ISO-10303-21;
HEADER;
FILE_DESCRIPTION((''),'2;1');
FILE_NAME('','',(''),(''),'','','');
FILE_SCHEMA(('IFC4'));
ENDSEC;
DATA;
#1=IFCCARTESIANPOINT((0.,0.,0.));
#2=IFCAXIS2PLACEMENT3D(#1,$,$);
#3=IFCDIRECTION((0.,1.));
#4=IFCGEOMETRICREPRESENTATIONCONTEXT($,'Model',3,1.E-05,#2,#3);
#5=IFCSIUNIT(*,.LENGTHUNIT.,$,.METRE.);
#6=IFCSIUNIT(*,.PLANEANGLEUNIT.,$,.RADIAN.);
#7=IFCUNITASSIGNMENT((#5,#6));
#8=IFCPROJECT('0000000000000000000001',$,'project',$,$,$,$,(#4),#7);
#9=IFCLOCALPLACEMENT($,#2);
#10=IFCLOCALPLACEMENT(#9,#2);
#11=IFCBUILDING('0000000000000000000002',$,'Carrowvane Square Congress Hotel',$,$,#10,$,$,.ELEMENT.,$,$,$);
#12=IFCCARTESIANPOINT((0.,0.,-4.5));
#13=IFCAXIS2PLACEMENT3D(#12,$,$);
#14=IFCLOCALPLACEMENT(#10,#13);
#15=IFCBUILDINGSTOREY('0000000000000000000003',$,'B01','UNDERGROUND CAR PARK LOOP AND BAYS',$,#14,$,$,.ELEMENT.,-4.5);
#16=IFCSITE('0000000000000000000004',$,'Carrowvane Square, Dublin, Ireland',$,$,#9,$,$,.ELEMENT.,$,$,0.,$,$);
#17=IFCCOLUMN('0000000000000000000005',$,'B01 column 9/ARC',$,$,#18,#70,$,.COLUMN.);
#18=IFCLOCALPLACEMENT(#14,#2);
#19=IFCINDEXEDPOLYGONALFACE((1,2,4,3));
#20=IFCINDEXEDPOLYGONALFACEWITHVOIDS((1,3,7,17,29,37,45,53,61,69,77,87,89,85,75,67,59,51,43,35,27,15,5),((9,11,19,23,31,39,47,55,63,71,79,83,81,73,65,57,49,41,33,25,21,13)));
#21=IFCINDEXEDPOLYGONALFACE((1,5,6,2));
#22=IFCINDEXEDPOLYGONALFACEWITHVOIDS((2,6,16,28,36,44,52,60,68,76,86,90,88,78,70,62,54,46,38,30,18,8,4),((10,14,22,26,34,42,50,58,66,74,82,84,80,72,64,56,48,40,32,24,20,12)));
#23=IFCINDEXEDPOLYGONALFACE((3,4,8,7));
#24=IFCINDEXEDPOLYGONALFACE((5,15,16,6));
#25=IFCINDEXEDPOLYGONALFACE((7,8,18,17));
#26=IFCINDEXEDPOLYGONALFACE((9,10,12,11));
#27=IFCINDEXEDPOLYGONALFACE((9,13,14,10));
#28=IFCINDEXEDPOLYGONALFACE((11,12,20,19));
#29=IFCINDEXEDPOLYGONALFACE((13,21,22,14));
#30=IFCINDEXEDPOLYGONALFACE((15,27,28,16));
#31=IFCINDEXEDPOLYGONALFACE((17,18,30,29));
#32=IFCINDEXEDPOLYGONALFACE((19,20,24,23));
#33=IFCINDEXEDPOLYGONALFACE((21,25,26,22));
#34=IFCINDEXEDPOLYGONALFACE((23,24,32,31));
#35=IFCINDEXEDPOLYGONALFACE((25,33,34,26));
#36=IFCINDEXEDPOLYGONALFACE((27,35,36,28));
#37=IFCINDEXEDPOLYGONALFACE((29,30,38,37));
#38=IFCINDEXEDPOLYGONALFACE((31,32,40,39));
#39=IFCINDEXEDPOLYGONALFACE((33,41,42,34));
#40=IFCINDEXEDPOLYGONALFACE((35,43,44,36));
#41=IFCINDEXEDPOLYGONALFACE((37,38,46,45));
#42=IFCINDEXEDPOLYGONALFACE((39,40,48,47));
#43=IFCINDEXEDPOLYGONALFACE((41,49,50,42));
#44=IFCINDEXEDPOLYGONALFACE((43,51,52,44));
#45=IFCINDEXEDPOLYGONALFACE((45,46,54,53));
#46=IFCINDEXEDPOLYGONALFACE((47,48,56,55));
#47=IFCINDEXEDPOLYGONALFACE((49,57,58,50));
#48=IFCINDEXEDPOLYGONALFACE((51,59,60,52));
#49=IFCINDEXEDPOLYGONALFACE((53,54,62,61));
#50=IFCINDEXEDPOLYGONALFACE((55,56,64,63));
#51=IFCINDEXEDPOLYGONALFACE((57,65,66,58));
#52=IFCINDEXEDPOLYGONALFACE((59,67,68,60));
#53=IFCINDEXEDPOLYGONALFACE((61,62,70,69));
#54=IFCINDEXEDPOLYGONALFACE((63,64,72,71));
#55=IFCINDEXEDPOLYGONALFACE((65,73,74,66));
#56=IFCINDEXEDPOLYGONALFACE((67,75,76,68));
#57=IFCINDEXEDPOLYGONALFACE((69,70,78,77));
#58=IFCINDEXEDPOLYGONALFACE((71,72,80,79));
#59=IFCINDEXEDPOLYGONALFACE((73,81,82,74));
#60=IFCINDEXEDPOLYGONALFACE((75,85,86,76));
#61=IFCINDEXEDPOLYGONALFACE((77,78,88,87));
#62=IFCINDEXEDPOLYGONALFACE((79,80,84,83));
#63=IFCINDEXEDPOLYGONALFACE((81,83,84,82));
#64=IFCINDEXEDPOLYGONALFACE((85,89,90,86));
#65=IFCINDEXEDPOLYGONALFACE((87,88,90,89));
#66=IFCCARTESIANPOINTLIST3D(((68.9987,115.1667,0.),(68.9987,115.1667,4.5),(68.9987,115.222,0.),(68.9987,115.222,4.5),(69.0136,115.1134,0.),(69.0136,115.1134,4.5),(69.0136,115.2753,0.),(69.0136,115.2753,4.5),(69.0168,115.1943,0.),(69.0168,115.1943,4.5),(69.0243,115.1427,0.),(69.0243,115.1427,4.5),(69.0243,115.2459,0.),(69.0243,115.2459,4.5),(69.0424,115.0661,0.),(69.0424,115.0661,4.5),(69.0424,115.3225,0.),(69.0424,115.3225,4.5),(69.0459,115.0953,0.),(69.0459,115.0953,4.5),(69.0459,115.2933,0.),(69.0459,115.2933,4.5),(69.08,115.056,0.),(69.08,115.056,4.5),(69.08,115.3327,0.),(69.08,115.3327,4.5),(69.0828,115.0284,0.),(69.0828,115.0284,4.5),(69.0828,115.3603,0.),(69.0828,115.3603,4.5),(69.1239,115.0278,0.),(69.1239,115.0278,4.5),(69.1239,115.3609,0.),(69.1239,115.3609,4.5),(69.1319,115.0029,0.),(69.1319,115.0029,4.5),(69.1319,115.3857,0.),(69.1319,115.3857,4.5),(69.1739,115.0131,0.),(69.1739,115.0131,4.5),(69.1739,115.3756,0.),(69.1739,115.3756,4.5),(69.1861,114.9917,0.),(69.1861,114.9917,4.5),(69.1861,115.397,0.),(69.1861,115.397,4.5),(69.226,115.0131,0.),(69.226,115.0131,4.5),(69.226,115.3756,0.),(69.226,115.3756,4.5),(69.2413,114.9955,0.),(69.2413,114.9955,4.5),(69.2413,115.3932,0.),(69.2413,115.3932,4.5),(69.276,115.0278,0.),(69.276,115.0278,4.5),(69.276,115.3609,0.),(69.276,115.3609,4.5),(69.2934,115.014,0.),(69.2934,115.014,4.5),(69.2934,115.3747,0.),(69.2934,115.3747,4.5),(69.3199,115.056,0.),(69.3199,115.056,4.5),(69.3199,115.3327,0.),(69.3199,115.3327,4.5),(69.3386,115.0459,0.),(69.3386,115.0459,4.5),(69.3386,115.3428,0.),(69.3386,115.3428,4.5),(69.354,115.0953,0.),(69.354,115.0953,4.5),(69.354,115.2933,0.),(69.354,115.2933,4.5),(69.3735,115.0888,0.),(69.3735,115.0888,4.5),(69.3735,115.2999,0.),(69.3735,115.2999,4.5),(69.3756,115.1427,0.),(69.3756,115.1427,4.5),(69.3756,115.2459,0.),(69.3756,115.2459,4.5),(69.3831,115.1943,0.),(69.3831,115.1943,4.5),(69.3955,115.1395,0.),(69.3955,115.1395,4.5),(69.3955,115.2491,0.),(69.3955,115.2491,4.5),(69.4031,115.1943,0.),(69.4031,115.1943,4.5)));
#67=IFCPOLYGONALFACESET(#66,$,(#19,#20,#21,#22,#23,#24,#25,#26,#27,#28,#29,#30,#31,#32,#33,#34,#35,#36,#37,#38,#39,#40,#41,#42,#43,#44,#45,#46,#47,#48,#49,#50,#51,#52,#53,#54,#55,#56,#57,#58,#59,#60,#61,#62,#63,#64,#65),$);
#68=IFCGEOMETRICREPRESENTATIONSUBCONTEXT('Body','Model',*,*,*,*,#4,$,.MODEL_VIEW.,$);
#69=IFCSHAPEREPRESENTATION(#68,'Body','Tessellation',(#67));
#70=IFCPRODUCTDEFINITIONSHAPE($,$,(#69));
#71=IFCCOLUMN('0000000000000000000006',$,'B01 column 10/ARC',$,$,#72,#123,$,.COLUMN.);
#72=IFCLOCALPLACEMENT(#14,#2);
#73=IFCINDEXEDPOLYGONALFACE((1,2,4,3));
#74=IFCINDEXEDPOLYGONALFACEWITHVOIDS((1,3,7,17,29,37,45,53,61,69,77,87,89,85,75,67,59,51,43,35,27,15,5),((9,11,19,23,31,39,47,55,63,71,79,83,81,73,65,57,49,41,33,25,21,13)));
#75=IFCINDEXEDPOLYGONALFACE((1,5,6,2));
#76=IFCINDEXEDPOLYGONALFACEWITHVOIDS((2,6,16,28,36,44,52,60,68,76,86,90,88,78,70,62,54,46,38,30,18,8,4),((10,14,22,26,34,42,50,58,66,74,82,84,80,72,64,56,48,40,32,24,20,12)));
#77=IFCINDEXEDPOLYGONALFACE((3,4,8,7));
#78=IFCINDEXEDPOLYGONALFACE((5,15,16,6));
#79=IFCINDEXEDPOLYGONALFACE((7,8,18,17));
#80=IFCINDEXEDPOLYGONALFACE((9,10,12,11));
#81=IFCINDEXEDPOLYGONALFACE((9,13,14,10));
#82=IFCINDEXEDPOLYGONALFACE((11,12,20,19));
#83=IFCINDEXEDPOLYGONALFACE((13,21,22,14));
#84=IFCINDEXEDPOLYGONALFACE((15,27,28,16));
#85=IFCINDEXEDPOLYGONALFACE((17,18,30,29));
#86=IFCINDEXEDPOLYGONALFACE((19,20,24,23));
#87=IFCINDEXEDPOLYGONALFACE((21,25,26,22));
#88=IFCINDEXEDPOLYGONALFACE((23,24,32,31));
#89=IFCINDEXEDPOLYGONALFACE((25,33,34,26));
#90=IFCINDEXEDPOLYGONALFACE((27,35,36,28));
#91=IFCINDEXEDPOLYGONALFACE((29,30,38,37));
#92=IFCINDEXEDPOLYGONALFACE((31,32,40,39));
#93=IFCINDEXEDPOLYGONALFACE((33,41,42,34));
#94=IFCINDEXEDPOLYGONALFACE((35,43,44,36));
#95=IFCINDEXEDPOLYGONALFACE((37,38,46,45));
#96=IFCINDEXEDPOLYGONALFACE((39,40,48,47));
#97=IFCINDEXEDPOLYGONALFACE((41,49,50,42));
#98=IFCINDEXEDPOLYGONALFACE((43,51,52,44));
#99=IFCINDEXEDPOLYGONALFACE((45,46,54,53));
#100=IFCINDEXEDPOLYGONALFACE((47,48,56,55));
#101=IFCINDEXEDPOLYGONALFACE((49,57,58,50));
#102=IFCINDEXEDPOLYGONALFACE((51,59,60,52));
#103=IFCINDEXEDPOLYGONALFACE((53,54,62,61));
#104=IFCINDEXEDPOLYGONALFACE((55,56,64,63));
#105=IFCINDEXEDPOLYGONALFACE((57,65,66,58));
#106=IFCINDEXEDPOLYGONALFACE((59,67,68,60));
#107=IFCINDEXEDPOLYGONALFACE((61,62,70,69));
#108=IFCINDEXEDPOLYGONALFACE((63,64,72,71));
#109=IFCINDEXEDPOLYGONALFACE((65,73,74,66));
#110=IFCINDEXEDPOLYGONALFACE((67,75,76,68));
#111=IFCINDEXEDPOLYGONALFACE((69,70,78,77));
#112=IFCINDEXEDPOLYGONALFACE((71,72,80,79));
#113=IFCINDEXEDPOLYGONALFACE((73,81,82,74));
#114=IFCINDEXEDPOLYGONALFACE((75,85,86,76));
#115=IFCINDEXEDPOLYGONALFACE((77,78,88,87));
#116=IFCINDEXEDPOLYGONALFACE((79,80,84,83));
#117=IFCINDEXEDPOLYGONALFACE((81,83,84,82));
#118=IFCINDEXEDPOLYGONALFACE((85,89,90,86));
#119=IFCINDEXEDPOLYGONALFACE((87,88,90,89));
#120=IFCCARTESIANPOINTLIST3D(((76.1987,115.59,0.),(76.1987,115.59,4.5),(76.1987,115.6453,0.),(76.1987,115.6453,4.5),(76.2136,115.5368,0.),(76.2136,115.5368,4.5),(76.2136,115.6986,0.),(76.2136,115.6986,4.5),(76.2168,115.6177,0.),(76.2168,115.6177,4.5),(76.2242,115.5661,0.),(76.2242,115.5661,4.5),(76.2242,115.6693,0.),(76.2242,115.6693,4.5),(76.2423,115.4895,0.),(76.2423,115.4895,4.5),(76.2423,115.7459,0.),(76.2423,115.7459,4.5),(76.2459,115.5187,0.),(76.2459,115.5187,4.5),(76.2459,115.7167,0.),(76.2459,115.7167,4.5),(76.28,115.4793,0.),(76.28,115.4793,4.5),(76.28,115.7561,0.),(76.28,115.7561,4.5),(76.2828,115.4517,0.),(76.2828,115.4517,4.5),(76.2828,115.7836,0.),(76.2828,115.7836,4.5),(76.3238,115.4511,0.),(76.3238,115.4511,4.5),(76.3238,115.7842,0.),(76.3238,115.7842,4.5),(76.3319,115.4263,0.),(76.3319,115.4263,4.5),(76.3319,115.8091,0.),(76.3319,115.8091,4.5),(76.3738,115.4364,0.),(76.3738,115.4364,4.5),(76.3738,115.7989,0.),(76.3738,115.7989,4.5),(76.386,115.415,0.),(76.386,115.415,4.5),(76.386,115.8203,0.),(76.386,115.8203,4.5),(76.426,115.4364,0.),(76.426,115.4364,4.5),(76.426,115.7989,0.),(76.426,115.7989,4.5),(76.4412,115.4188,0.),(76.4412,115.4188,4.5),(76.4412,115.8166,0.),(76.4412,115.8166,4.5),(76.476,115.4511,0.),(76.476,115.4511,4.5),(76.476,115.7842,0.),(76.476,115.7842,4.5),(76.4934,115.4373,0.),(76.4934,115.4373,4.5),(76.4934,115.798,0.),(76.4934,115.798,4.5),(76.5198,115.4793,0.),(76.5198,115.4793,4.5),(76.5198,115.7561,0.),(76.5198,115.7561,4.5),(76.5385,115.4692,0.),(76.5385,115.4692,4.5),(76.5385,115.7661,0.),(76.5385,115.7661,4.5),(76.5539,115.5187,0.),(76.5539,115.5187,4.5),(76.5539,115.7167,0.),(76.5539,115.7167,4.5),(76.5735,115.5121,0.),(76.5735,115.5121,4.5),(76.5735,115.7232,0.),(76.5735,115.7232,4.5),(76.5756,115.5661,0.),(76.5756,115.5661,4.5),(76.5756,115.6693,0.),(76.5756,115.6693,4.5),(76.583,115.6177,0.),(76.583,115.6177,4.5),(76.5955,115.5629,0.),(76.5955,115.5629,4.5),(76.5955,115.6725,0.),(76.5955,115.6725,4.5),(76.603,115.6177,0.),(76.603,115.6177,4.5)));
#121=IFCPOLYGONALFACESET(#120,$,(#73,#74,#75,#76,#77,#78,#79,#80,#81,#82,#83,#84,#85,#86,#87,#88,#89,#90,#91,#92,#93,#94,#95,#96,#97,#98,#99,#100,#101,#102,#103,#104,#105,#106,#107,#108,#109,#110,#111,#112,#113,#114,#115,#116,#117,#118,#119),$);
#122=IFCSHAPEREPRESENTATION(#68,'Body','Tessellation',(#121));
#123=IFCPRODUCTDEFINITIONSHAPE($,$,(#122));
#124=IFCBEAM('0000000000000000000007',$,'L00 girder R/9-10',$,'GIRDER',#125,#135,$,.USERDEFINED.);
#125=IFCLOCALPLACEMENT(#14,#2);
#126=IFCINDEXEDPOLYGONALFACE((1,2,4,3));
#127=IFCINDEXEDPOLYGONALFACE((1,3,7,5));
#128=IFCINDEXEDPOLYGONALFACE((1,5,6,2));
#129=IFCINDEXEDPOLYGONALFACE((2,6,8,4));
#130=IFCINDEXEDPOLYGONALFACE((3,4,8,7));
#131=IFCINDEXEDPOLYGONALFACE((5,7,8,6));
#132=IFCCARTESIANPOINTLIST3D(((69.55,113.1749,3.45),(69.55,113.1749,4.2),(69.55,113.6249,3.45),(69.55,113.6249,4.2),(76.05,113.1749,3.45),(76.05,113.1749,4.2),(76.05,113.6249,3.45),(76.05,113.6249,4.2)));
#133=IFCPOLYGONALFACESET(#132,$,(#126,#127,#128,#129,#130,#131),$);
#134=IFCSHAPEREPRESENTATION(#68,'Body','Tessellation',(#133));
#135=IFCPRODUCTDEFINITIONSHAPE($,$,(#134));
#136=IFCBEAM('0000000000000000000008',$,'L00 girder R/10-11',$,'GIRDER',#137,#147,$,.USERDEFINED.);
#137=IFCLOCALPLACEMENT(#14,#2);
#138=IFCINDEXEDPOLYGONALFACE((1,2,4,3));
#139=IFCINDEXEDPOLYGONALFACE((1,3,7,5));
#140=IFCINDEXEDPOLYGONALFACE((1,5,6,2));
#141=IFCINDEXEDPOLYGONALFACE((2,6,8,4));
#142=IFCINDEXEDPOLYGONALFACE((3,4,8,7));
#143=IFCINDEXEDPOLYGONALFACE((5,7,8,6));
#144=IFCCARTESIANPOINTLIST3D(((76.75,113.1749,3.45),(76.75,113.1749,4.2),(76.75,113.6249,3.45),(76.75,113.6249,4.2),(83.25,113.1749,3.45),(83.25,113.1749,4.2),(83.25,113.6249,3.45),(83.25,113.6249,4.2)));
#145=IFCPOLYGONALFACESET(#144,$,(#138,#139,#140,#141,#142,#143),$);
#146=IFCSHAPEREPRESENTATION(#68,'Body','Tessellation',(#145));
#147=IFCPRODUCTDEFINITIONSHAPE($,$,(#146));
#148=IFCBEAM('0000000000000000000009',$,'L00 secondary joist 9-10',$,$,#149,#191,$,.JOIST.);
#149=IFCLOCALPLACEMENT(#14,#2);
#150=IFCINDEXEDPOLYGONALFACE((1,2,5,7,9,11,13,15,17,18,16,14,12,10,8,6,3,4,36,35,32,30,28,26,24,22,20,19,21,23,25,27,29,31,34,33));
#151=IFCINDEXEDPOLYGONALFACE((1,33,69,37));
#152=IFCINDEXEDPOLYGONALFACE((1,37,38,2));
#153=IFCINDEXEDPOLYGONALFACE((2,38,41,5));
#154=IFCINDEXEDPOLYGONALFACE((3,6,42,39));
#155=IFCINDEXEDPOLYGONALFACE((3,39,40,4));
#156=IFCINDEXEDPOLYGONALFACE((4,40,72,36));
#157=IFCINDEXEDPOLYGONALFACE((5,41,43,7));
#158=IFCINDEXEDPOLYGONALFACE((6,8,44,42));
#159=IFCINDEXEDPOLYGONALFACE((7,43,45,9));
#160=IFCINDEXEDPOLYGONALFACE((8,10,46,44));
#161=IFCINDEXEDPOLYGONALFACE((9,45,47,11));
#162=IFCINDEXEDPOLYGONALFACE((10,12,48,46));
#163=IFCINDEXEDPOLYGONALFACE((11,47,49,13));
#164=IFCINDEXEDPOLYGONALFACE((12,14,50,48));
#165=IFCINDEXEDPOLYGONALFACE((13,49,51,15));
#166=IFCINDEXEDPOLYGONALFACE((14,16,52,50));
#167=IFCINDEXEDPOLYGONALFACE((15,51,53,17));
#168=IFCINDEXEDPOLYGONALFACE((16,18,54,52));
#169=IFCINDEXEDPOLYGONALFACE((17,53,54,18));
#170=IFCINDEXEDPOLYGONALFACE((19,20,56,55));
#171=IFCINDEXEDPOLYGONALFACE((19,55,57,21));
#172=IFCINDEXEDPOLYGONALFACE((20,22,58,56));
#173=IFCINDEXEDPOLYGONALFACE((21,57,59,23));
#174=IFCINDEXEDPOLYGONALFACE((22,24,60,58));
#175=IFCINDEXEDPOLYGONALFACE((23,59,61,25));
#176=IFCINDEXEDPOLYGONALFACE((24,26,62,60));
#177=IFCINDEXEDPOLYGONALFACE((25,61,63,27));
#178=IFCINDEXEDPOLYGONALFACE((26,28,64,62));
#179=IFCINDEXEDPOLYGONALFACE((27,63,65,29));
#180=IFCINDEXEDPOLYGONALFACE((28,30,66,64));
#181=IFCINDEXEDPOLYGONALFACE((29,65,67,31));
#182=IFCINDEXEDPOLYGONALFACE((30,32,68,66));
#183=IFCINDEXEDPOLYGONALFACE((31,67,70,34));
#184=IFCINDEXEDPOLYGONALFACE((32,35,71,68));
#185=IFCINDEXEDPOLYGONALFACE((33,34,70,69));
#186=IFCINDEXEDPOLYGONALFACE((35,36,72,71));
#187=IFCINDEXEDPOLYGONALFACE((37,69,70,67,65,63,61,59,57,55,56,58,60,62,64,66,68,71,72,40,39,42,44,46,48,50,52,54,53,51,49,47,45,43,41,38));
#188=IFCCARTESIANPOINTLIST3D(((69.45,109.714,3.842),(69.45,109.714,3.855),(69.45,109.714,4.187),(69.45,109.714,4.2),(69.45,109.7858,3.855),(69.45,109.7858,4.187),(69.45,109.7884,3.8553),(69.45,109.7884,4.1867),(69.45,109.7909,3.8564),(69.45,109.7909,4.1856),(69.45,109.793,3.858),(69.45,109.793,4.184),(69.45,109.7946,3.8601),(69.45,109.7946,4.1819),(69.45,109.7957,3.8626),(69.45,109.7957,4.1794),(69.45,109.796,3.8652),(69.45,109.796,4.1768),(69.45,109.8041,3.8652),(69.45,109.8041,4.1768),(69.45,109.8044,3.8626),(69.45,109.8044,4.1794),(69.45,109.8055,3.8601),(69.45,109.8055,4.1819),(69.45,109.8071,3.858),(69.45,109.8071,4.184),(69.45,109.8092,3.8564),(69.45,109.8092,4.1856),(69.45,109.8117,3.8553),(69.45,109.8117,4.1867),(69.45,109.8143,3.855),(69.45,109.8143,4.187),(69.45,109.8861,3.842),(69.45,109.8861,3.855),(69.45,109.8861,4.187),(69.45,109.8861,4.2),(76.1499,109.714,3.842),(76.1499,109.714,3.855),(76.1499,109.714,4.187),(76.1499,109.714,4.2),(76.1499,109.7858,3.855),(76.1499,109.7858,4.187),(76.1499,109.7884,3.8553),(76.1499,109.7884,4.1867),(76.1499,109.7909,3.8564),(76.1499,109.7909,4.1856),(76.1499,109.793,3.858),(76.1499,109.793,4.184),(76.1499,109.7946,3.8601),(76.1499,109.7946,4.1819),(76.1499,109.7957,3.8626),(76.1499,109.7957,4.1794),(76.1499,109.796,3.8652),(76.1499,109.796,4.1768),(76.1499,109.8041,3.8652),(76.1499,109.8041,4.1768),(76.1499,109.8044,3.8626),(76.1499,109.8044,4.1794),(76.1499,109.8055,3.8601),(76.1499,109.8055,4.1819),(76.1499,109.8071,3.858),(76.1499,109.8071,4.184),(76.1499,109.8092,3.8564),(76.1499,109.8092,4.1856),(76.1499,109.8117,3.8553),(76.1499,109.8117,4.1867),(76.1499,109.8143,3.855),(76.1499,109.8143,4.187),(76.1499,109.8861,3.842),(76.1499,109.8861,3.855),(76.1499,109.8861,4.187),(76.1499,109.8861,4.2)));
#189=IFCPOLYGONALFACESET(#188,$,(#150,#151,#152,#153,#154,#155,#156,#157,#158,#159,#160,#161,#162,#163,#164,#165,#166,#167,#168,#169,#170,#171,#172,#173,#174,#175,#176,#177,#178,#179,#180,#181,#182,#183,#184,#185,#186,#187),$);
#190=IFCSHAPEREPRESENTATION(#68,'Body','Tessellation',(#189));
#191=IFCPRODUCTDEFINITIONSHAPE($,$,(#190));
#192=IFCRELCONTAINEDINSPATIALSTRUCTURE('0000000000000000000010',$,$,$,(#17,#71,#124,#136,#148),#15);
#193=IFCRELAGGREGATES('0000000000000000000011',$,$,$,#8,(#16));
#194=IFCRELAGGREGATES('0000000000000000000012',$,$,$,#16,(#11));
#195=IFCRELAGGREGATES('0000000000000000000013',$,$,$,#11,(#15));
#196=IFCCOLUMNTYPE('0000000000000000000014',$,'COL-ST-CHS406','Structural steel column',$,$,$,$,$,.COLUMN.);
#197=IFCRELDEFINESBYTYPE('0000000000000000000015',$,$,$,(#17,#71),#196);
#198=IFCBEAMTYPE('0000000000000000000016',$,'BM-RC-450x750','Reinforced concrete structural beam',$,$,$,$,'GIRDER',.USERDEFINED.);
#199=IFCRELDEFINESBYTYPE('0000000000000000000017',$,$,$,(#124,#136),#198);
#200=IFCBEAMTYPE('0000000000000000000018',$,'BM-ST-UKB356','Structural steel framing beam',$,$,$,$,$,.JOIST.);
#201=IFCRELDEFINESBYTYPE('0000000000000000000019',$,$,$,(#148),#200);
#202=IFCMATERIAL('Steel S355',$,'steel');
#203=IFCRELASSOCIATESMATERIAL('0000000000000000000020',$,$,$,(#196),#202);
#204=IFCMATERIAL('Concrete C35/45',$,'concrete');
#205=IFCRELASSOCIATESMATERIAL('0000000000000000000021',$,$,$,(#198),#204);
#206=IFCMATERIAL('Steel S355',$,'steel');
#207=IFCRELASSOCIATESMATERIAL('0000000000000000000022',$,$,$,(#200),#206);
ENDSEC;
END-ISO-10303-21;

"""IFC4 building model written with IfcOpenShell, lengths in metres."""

from ifc_helpers import new_model, si_unit, direction, frame, origin, origin_2d, place, context, subcontext, project, spatial, rectangle, hollow_circle, i_section, extrude, material, material_profile, profile_set, type_object, element, save


model = new_model("IFC4")

# Units and contexts
model_context = context("Model", 3, precision=1e-05, world=origin(), true_north=direction((0.0, 1.0)))
body_context = subcontext(model_context, "Body", "Model", "MODEL_VIEW")
ifc_project = project(units=[si_unit("LENGTHUNIT", "METRE"), si_unit("PLANEANGLEUNIT", "RADIAN")], contexts=[model_context])

# Site, building, storey
site_placement = place(None, origin())
site = spatial("IfcSite", under=ifc_project, at=site_placement, Name="Carrowvane Square, Dublin, Ireland", CompositionType="ELEMENT", RefElevation=0.0)
building_placement = place(site_placement, origin())
building = spatial("IfcBuilding", under=site, at=building_placement, Name="Carrowvane Square Congress Hotel", CompositionType="ELEMENT")
storey_placement = place(building_placement, frame((0.0, 0.0, -4.5)))
storey = spatial("IfcBuildingStorey", under=building, at=storey_placement, Name="B01", Description="UNDERGROUND CAR PARK LOOP AND BAYS", CompositionType="ELEMENT", Elevation=-4.5)

# Columns
ifc_material_1 = material(Name="Steel S355", Category="steel")
ifc_material_profile_1 = material_profile(ifc_material_1, hollow_circle(Radius=0.2031, WallThickness=0.02, at=origin_2d()), Name="CHS 406.4x20")
ifc_profile_set_1 = profile_set([ifc_material_profile_1], Name="Steel S355")
column_type_1 = type_object("IfcColumnType", Name="COL-ST-CHS406", Description="Structural steel column", PredefinedType="COLUMN", material=ifc_profile_set_1)
for number, where, z_axis, x_axis, name in (
    (1, (69.2, 115.1943, 0.0), (0.0, 0.0, 1.0), (1.0, 0.0, 0.0), "B01 column 9/ARC"),
    (2, (76.3999, 115.6177, 0.0), (0.0, 0.0, 1.0), (1.0, 0.0, 0.0), "B01 column 10/ARC"),
):
    element("IfcColumn", number, at=place(storey_placement, frame(where, z_axis=z_axis, x_axis=x_axis)), inside=storey, type_object=column_type_1, Name=name, PredefinedType="COLUMN", context=body_context, shape_type="SweptSolid", body=[
        extrude(hollow_circle(Radius=0.2031, WallThickness=0.02, at=origin_2d()), origin(), (0.0, 0.0, 1.0), 4.5),
    ])

# Beams
ifc_material_2 = material(Name="Concrete C35/45", Category="concrete")
ifc_material_profile_2 = material_profile(ifc_material_2, rectangle(XDim=0.45, YDim=0.75, at=origin_2d()), Name="RC 450x750")
ifc_profile_set_2 = profile_set([ifc_material_profile_2], Name="Concrete C35/45")
beam_type_1 = type_object("IfcBeamType", Name="BM-RC-450x750", Description="Reinforced concrete structural beam", ElementType="GIRDER", PredefinedType="USERDEFINED", material=ifc_profile_set_2)
for number, where, z_axis, x_axis, name in (
    (3, (69.55, 113.3999, 3.825), (1.0, 0.0, 0.0), (0.0, 1.0, 0.0), "L00 girder R/9-10"),
    (4, (76.75, 113.3999, 3.825), (1.0, 0.0, 0.0), (0.0, 1.0, 0.0), "L00 girder R/10-11"),
):
    element("IfcBeam", number, at=place(storey_placement, frame(where, z_axis=z_axis, x_axis=x_axis)), inside=storey, type_object=beam_type_1, Name=name, ObjectType="GIRDER", PredefinedType="USERDEFINED", context=body_context, shape_type="SweptSolid", body=[
        extrude(rectangle(XDim=0.45, YDim=0.75, at=origin_2d()), origin(), (0.0, 0.0, 1.0), 6.5),
    ])
ifc_material_3 = material(Name="Steel S355", Category="steel")
ifc_material_profile_3 = material_profile(ifc_material_3, i_section(OverallWidth=0.1721, OverallDepth=0.3579, WebThickness=0.0081, FlangeThickness=0.0129, FilletRadius=0.0103, at=origin_2d()), Name="UKB 356x171x57")
ifc_profile_set_3 = profile_set([ifc_material_profile_3], Name="Steel S355")
beam_type_2 = type_object("IfcBeamType", Name="BM-ST-UKB356", Description="Structural steel framing beam", PredefinedType="JOIST", material=ifc_profile_set_3)
beam_1_placement = place(storey_placement, frame((69.45, 109.8, 4.021), z_axis=(1.0, 0.0, 0.0), x_axis=(0.0, 1.0, 0.0)))
element("IfcBeam", 5, at=beam_1_placement, inside=storey, type_object=beam_type_2, Name="L00 secondary joist 9-10", PredefinedType="JOIST", context=body_context, shape_type="SweptSolid", body=[
    extrude(i_section(OverallWidth=0.1721, OverallDepth=0.3579, WebThickness=0.0081, FlangeThickness=0.0129, FilletRadius=0.0103, at=origin_2d()), origin(), (0.0, 0.0, 1.0), 6.7),
])

save(model, "model.ifc")
